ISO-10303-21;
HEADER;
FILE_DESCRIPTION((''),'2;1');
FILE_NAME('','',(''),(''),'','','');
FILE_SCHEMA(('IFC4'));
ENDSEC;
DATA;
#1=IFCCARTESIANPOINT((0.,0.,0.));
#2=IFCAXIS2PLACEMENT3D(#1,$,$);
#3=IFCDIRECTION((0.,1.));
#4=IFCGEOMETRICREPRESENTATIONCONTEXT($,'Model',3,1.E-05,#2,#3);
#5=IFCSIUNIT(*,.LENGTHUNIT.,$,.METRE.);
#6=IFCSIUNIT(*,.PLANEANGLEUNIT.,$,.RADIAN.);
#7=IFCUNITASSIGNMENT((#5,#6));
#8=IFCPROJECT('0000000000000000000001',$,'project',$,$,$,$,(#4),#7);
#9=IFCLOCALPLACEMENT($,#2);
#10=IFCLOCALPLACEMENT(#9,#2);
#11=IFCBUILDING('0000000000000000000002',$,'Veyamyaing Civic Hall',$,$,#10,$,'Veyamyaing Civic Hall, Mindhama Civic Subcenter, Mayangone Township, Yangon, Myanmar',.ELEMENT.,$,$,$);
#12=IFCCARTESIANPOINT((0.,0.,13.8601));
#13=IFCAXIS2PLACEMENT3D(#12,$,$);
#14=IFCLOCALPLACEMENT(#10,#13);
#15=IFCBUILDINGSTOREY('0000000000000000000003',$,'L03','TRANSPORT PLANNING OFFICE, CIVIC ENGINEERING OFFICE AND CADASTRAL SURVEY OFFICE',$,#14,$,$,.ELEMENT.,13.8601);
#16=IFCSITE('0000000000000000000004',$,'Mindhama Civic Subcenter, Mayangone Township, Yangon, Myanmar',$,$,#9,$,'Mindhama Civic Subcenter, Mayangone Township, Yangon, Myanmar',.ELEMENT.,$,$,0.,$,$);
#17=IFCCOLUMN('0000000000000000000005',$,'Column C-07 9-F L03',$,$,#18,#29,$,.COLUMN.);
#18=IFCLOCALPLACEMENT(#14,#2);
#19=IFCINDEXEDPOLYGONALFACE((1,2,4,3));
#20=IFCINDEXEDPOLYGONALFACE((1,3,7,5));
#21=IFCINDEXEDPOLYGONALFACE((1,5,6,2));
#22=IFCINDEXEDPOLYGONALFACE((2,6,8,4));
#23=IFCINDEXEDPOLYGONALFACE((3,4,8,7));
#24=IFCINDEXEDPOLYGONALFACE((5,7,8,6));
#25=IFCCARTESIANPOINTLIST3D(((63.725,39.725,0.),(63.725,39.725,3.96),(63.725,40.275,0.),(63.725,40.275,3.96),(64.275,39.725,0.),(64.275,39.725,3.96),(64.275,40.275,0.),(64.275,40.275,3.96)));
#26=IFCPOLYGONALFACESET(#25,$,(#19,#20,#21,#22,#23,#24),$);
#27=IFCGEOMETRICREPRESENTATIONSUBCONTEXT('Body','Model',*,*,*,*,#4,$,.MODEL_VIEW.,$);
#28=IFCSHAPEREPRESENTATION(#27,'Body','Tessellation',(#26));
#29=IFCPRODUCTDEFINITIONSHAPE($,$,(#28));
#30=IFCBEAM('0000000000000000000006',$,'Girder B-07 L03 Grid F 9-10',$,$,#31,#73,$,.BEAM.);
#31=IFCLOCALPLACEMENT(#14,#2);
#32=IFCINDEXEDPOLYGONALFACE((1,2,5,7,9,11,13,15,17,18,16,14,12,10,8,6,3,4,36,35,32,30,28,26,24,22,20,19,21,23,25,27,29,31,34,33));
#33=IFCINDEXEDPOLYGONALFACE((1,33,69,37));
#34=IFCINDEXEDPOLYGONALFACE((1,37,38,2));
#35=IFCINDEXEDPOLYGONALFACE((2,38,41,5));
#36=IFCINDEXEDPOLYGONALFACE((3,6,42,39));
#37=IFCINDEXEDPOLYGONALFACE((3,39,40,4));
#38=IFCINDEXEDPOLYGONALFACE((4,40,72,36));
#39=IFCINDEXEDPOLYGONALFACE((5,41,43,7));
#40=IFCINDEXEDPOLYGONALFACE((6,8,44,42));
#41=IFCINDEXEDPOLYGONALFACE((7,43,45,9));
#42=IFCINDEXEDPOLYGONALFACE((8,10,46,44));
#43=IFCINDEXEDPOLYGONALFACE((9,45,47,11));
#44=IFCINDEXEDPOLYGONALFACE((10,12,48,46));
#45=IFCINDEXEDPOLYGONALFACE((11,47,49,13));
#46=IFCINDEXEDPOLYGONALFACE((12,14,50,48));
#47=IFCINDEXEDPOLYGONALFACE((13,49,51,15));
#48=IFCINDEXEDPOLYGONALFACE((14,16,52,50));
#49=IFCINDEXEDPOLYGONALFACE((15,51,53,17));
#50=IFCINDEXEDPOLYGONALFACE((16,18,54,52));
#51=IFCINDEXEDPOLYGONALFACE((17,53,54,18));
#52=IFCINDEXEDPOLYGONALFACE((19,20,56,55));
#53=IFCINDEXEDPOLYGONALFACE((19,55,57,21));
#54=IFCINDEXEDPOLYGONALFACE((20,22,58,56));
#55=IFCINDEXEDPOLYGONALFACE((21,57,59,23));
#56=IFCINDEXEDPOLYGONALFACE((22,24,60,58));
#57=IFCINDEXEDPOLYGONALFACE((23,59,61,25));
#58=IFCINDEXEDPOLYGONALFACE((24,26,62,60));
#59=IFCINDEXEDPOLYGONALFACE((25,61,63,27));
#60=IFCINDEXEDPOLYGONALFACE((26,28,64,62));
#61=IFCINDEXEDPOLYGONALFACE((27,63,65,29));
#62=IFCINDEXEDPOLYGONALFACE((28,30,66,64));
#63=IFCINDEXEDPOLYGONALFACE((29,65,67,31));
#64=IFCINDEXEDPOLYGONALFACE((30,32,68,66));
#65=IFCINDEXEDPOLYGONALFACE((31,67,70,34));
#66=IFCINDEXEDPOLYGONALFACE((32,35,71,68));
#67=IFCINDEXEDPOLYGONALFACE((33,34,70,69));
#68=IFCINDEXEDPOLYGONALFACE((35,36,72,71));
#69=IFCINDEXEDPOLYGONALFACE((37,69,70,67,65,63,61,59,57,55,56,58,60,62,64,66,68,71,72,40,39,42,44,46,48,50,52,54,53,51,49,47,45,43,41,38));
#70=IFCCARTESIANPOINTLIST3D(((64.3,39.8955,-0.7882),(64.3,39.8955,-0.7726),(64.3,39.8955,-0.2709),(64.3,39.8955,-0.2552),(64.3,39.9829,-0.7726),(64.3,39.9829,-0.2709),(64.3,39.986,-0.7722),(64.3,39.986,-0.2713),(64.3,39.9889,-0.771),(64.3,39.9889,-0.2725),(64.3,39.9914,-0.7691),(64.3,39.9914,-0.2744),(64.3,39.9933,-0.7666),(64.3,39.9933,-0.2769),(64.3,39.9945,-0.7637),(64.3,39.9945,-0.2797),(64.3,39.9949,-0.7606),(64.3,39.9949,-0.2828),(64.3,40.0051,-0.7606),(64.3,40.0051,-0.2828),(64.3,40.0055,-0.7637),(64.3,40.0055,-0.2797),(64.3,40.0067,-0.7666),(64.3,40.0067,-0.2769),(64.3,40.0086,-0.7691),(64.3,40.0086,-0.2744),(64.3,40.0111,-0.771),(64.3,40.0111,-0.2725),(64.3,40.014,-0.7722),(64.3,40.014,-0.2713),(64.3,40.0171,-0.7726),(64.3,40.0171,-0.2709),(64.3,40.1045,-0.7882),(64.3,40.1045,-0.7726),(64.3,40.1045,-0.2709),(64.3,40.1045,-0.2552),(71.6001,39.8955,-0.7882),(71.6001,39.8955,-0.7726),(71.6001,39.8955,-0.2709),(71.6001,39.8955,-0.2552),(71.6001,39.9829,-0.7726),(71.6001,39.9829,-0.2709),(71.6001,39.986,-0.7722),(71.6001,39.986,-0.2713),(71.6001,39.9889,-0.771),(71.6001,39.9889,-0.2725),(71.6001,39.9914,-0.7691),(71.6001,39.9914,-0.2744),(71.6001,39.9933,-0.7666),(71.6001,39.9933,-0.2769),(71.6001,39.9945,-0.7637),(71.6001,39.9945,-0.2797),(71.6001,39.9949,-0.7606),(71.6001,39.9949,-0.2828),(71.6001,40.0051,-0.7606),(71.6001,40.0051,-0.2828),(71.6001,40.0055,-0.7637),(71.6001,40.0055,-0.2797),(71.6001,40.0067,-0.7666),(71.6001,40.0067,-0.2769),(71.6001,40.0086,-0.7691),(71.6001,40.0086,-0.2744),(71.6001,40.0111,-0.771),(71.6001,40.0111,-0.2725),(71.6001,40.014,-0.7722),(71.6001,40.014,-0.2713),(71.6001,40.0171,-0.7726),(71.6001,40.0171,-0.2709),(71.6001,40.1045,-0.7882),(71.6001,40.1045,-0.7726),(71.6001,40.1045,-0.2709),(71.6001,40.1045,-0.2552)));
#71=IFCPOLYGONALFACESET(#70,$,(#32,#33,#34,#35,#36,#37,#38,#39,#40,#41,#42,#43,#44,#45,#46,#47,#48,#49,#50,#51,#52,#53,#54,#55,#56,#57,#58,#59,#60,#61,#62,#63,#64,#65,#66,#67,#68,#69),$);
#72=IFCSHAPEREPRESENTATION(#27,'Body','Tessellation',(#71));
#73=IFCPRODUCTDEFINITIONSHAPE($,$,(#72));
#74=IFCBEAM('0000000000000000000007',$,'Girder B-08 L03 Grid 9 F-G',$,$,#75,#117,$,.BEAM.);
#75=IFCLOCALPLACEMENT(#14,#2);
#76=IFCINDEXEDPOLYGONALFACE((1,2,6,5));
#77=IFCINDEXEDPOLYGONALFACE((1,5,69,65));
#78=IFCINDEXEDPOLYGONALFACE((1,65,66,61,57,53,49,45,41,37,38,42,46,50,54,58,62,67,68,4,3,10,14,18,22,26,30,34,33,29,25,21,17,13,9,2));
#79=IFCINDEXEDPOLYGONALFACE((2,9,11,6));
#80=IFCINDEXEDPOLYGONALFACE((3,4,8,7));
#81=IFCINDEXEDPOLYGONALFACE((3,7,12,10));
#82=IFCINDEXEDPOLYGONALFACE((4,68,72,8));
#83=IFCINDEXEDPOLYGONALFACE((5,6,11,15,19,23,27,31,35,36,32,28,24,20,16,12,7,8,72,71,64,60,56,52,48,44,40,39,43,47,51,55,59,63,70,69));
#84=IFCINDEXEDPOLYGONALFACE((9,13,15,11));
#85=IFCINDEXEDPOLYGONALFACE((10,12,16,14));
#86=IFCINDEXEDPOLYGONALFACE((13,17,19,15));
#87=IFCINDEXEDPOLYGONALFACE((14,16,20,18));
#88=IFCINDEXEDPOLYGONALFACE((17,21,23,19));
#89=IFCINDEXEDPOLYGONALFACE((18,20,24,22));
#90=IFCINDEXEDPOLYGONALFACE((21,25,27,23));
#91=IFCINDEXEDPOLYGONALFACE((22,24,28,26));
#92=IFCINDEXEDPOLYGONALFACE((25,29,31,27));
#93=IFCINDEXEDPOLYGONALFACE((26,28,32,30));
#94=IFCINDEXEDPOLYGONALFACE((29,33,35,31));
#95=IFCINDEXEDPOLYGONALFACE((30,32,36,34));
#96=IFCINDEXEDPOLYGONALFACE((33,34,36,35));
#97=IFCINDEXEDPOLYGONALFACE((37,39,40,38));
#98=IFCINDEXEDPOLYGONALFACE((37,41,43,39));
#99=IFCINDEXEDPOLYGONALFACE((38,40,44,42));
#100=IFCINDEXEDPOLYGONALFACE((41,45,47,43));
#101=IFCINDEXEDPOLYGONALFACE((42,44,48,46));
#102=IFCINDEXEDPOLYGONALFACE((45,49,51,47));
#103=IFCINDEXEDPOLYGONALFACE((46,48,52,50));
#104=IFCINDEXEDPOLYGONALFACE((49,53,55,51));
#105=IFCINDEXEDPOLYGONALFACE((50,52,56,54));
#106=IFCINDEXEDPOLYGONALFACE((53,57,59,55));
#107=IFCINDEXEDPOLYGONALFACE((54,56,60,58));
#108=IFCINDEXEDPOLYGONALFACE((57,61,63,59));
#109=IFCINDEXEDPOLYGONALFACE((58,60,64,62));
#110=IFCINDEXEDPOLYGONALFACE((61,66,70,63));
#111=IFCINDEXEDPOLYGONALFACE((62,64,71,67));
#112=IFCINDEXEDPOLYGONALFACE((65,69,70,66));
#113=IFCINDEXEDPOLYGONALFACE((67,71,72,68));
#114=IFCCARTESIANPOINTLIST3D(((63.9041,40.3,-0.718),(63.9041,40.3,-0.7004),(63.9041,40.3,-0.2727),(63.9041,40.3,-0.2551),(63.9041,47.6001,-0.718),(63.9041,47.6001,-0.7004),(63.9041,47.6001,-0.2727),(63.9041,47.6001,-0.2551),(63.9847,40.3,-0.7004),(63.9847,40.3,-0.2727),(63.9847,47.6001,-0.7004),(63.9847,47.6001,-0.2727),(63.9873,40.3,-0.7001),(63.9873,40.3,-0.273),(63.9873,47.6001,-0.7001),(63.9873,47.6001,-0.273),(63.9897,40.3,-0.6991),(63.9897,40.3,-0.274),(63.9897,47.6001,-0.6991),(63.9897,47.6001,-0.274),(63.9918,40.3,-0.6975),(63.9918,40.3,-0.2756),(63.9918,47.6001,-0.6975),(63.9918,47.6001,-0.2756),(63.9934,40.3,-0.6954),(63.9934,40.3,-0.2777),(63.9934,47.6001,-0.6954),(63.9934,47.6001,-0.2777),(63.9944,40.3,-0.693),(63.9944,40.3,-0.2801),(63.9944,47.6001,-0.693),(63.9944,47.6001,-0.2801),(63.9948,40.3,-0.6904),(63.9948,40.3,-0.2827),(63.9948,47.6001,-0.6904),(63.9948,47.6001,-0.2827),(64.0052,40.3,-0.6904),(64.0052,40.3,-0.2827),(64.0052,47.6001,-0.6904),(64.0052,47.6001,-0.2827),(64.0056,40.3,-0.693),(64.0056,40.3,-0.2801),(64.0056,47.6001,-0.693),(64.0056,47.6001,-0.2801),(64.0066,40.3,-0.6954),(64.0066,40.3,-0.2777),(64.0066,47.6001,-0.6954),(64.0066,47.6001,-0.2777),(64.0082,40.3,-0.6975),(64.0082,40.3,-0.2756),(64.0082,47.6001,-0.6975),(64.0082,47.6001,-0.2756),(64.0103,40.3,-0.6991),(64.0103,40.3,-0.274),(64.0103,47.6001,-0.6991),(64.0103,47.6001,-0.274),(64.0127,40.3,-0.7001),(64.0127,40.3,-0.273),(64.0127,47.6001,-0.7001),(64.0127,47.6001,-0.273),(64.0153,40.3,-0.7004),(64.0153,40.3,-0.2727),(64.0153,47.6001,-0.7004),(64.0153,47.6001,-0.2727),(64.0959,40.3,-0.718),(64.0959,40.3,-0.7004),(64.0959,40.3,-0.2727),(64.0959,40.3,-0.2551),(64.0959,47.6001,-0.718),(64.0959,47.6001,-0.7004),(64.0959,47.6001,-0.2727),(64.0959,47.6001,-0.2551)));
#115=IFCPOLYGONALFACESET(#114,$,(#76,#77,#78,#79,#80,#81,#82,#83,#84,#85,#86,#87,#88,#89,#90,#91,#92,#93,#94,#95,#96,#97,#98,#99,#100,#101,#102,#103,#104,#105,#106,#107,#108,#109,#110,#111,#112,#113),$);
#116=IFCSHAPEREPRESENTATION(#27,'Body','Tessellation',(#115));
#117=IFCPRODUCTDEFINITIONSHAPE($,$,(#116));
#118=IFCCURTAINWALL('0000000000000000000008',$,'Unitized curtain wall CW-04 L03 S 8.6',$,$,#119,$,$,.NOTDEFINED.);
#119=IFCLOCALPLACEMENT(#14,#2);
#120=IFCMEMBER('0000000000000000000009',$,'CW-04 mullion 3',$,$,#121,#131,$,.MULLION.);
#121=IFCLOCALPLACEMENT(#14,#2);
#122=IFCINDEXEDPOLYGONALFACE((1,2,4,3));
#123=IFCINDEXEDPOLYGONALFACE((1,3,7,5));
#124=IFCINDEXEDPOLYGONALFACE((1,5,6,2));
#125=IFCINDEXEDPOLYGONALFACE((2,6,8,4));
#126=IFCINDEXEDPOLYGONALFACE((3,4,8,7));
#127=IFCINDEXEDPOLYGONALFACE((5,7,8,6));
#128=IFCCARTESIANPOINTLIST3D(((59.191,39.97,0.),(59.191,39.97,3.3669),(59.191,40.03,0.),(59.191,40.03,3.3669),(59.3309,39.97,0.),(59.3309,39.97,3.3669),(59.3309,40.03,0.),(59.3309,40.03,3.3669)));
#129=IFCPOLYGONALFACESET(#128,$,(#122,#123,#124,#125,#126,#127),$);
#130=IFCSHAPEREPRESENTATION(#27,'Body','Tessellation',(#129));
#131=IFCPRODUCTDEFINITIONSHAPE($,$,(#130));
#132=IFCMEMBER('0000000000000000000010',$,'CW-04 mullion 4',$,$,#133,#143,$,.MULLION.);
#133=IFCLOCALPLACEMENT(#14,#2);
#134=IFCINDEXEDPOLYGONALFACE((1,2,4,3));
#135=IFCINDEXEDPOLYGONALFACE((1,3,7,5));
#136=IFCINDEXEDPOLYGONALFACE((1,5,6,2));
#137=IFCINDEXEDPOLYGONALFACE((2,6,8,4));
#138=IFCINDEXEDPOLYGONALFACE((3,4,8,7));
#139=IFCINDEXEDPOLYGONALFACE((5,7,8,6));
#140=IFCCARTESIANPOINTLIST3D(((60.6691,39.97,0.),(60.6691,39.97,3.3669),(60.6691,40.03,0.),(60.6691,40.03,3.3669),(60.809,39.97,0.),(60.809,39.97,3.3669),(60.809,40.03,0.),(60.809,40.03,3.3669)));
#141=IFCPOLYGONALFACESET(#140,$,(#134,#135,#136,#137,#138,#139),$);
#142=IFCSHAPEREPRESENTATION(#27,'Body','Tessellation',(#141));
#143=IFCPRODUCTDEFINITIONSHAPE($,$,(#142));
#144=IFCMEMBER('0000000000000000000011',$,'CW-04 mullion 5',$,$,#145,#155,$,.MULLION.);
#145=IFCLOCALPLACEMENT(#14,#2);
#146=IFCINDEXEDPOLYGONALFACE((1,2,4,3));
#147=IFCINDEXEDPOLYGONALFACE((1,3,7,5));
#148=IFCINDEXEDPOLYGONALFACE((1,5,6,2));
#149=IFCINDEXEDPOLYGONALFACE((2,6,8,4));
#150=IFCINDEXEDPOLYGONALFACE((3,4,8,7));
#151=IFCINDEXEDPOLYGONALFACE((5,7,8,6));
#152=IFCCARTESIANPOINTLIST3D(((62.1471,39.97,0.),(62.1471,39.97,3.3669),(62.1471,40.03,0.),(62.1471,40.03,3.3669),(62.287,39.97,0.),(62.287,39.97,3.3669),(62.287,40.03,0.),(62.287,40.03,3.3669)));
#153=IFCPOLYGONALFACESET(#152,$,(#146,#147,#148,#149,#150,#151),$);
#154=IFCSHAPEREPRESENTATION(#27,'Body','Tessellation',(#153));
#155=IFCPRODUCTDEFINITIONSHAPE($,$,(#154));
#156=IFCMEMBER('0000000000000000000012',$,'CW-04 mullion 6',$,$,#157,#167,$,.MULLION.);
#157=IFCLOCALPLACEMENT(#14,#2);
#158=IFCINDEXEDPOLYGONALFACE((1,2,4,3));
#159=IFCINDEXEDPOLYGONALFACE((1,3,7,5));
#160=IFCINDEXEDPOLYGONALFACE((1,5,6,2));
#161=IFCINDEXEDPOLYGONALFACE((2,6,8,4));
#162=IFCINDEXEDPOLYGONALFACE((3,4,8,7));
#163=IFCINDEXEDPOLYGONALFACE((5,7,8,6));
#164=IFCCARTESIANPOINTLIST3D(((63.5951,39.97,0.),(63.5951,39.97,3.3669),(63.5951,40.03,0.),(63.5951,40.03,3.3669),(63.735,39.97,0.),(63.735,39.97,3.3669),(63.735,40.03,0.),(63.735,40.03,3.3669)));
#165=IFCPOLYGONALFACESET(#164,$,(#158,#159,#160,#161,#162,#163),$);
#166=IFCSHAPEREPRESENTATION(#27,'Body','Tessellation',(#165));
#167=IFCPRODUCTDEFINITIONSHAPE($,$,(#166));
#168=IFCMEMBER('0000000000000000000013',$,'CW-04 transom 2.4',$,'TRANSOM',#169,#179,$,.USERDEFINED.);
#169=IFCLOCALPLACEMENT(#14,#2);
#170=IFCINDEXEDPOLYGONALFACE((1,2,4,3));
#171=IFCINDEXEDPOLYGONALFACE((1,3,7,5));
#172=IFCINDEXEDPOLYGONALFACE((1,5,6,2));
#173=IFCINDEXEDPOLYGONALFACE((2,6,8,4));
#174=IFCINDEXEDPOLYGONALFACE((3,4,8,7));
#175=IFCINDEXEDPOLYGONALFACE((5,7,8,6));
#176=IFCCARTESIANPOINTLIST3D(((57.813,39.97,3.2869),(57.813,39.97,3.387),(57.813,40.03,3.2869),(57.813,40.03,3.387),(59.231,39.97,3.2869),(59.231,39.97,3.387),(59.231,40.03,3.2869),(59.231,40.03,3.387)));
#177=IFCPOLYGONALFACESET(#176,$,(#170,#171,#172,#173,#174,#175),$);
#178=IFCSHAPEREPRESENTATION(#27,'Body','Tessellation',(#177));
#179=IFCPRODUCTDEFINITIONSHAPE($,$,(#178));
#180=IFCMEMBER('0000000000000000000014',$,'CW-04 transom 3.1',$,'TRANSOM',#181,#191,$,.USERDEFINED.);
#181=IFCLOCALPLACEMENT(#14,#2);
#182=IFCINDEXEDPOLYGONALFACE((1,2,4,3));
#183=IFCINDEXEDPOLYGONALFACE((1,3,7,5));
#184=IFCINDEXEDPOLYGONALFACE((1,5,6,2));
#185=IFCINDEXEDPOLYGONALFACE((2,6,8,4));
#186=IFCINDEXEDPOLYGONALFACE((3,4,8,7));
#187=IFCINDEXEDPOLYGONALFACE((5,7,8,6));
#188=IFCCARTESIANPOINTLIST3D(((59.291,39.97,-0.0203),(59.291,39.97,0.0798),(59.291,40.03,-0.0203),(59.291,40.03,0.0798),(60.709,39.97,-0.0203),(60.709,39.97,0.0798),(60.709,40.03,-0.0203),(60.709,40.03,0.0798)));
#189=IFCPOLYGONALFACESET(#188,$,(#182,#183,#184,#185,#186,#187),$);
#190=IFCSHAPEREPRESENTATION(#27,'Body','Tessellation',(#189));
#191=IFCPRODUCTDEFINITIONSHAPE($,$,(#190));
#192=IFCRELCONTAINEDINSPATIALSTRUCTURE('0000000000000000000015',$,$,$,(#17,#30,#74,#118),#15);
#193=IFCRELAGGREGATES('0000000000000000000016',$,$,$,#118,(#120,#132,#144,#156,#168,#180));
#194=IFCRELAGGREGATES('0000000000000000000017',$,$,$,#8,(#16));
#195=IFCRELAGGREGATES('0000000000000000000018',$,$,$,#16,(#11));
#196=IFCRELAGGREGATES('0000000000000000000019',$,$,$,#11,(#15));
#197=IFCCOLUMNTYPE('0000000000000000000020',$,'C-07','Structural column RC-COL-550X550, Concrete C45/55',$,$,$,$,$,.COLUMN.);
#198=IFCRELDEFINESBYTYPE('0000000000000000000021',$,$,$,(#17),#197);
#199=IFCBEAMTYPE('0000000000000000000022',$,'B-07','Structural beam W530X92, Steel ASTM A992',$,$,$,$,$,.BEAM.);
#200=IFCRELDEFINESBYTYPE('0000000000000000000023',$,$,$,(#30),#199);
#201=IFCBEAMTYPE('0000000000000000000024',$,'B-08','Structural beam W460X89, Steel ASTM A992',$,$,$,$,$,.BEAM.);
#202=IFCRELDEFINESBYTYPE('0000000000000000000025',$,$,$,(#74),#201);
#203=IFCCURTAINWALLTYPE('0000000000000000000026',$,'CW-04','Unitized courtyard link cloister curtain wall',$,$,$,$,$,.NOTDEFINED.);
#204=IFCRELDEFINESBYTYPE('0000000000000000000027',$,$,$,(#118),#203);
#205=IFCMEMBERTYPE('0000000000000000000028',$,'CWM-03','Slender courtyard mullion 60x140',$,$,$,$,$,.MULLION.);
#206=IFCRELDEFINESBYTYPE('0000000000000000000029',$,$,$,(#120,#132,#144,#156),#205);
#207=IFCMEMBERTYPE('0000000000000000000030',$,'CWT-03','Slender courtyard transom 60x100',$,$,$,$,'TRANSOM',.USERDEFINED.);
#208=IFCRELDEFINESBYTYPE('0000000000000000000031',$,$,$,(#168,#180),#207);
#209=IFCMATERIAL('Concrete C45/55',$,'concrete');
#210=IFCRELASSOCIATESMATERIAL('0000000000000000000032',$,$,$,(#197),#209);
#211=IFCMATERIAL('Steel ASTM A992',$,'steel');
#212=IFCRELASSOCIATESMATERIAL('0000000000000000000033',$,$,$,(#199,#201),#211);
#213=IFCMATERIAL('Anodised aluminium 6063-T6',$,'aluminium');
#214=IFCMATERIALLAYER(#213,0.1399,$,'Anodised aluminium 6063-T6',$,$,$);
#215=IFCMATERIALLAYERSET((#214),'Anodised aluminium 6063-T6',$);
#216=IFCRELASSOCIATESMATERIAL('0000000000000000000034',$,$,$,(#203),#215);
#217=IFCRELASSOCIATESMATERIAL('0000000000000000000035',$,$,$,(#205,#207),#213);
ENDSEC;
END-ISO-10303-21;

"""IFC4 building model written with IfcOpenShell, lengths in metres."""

from ifc_helpers import new_model, si_unit, direction, frame, origin, origin_2d, place, context, subcontext, project, spatial, rectangle, i_section, extrude, material, layer, layer_set, material_profile, profile_set, type_object, element, aggregate, save


model = new_model("IFC4")

# Units and contexts
model_context = context("Model", 3, precision=1e-05, world=origin(), true_north=direction((0.0, 1.0)))
body_context = subcontext(model_context, "Body", "Model", "MODEL_VIEW")
ifc_project = project(units=[si_unit("LENGTHUNIT", "METRE"), si_unit("PLANEANGLEUNIT", "RADIAN")], contexts=[model_context])

# Site, building, storey
site_placement = place(None, origin())
site = spatial("IfcSite", under=ifc_project, at=site_placement, Name="Mindhama Civic Subcenter, Mayangone Township, Yangon, Myanmar", LongName="Mindhama Civic Subcenter, Mayangone Township, Yangon, Myanmar", CompositionType="ELEMENT", RefElevation=0.0)
building_placement = place(site_placement, origin())
building = spatial("IfcBuilding", under=site, at=building_placement, Name="Veyamyaing Civic Hall", LongName="Veyamyaing Civic Hall, Mindhama Civic Subcenter, Mayangone Township, Yangon, Myanmar", CompositionType="ELEMENT")
storey_placement = place(building_placement, frame((0.0, 0.0, 13.8601)))
storey = spatial("IfcBuildingStorey", under=building, at=storey_placement, Name="L03", Description="TRANSPORT PLANNING OFFICE, CIVIC ENGINEERING OFFICE AND CADASTRAL SURVEY OFFICE", CompositionType="ELEMENT", Elevation=13.8601)

# Column
ifc_material_1 = material(Name="Concrete C45/55", Category="concrete")
ifc_material_profile_1 = material_profile(ifc_material_1, rectangle(XDim=0.55, YDim=0.55, at=origin_2d()), Name="RC-COL-550X550")
ifc_profile_set_1 = profile_set([ifc_material_profile_1], Name="Concrete C45/55")
column_type = type_object("IfcColumnType", Name="C-07", Description="Structural column RC-COL-550X550, Concrete C45/55", PredefinedType="COLUMN", material=ifc_profile_set_1)
column_placement = place(storey_placement, frame((64.0, 40.0, 0.0), z_axis=(0.0, 0.0, 1.0), x_axis=(1.0, 0.0, 0.0)))
element("IfcColumn", 1, at=column_placement, inside=storey, type_object=column_type, Name="Column C-07 9-F L03", PredefinedType="COLUMN", context=body_context, shape_type="SweptSolid", body=[
    extrude(rectangle(XDim=0.55, YDim=0.55, at=origin_2d()), origin(), (0.0, 0.0, 1.0), 3.96),
])

# Beams
ifc_material_2 = material(Name="Steel ASTM A992", Category="steel")
ifc_material_profile_2 = material_profile(ifc_material_2, i_section(OverallWidth=0.209, OverallDepth=0.533, WebThickness=0.0103, FlangeThickness=0.0156, FilletRadius=0.012, at=origin_2d()), Name="W530X92")
ifc_profile_set_2 = profile_set([ifc_material_profile_2], Name="Steel ASTM A992")
beam_type_1 = type_object("IfcBeamType", Name="B-07", Description="Structural beam W530X92, Steel ASTM A992", PredefinedType="BEAM", material=ifc_profile_set_2)
beam_1_placement = place(storey_placement, frame((64.3, 40.0, -0.5217), z_axis=(1.0, 0.0, 0.0), x_axis=(0.0, 1.0, 0.0)))
element("IfcBeam", 2, at=beam_1_placement, inside=storey, type_object=beam_type_1, Name="Girder B-07 L03 Grid F 9-10", PredefinedType="BEAM", context=body_context, shape_type="SweptSolid", body=[
    extrude(i_section(OverallWidth=0.209, OverallDepth=0.533, WebThickness=0.0103, FlangeThickness=0.0156, FilletRadius=0.012, at=origin_2d()), origin(), (0.0, 0.0, 1.0), 7.3),
])
ifc_material_profile_3 = material_profile(ifc_material_2, i_section(OverallWidth=0.1919, OverallDepth=0.4629, WebThickness=0.0105, FlangeThickness=0.0176, FilletRadius=0.01, at=origin_2d()), Name="W460X89")
ifc_profile_set_3 = profile_set([ifc_material_profile_3], Name="Steel ASTM A992")
beam_type_2 = type_object("IfcBeamType", Name="B-08", Description="Structural beam W460X89, Steel ASTM A992", PredefinedType="BEAM", material=ifc_profile_set_3)
beam_2_placement = place(storey_placement, frame((64.0, 40.3, -0.4866), z_axis=(0.0, 1.0, 0.0), x_axis=(-1.0, 0.0, 0.0)))
element("IfcBeam", 3, at=beam_2_placement, inside=storey, type_object=beam_type_2, Name="Girder B-08 L03 Grid 9 F-G", PredefinedType="BEAM", context=body_context, shape_type="SweptSolid", body=[
    extrude(i_section(OverallWidth=0.1919, OverallDepth=0.4629, WebThickness=0.0105, FlangeThickness=0.0176, FilletRadius=0.01, at=origin_2d()), origin(), (0.0, 0.0, 1.0), 7.3),
])

# Curtain wall, members
ifc_material_3 = material(Name="Anodised aluminium 6063-T6", Category="aluminium")
ifc_layer_1 = layer(ifc_material_3, 0.1399, Name="Anodised aluminium 6063-T6")
ifc_layer_set_1 = layer_set([ifc_layer_1], Name="Anodised aluminium 6063-T6")
curtain_wall_type = type_object("IfcCurtainWallType", Name="CW-04", Description="Unitized courtyard link cloister curtain wall", PredefinedType="NOTDEFINED", material=ifc_layer_set_1)
curtain_wall_placement = place(storey_placement, origin())
curtain_wall = element("IfcCurtainWall", 4, at=curtain_wall_placement, inside=storey, type_object=curtain_wall_type, Name="Unitized curtain wall CW-04 L03 S 8.6", PredefinedType="NOTDEFINED")
ifc_material_profile_4 = material_profile(ifc_material_3, rectangle(XDim=0.0601, YDim=0.1399, at=origin_2d()), Name="ALU-MUL-60X140")
ifc_profile_set_4 = profile_set([ifc_material_profile_4], Name="Anodised aluminium 6063-T6")
member_type_1 = type_object("IfcMemberType", Name="CWM-03", Description="Slender courtyard mullion 60x140", PredefinedType="MULLION", material=ifc_profile_set_4)
member_1_placement = place(storey_placement, frame((59.261, 40.0, 0.0), z_axis=(0.0, 0.0, 1.0), x_axis=(0.0, 1.0, 0.0)))
member_1 = element("IfcMember", 5, at=member_1_placement, type_object=member_type_1, Name="CW-04 mullion 3", PredefinedType="MULLION", context=body_context, shape_type="SweptSolid", body=[
    extrude(rectangle(XDim=0.0601, YDim=0.1399, at=origin_2d()), origin(), (0.0, 0.0, 1.0), 3.3669),
])
member_2_placement = place(storey_placement, frame((60.739, 40.0, 0.0), z_axis=(0.0, 0.0, 1.0), x_axis=(0.0, 1.0, 0.0)))
member_2 = element("IfcMember", 6, at=member_2_placement, type_object=member_type_1, Name="CW-04 mullion 4", PredefinedType="MULLION", context=body_context, shape_type="SweptSolid", body=[
    extrude(rectangle(XDim=0.0601, YDim=0.1399, at=origin_2d()), origin(), (0.0, 0.0, 1.0), 3.3669),
])
member_3_placement = place(storey_placement, frame((62.217, 40.0, 0.0), z_axis=(0.0, 0.0, 1.0), x_axis=(0.0, 1.0, 0.0)))
member_3 = element("IfcMember", 7, at=member_3_placement, type_object=member_type_1, Name="CW-04 mullion 5", PredefinedType="MULLION", context=body_context, shape_type="SweptSolid", body=[
    extrude(rectangle(XDim=0.0601, YDim=0.1399, at=origin_2d()), origin(), (0.0, 0.0, 1.0), 3.3669),
])
member_4_placement = place(storey_placement, frame((63.665, 40.0, 0.0), z_axis=(0.0, 0.0, 1.0), x_axis=(0.0, 1.0, 0.0)))
member_4 = element("IfcMember", 8, at=member_4_placement, type_object=member_type_1, Name="CW-04 mullion 6", PredefinedType="MULLION", context=body_context, shape_type="SweptSolid", body=[
    extrude(rectangle(XDim=0.0601, YDim=0.1399, at=origin_2d()), origin(), (0.0, 0.0, 1.0), 3.3669),
])
ifc_material_profile_5 = material_profile(ifc_material_3, rectangle(XDim=0.0601, YDim=0.1001, at=origin_2d()), Name="ALU-TRN-60X100")
ifc_profile_set_5 = profile_set([ifc_material_profile_5], Name="Anodised aluminium 6063-T6")
member_type_2 = type_object("IfcMemberType", Name="CWT-03", Description="Slender courtyard transom 60x100", ElementType="TRANSOM", PredefinedType="USERDEFINED", material=ifc_profile_set_5)
member_5_placement = place(storey_placement, frame((57.813, 40.0, 3.3369), z_axis=(1.0, 0.0, 0.0), x_axis=(0.0, 1.0, 0.0)))
member_5 = element("IfcMember", 9, at=member_5_placement, type_object=member_type_2, Name="CW-04 transom 2.4", ObjectType="TRANSOM", PredefinedType="USERDEFINED", context=body_context, shape_type="SweptSolid", body=[
    extrude(rectangle(XDim=0.0601, YDim=0.1001, at=origin_2d()), origin(), (0.0, 0.0, 1.0), 1.418),
])
member_6_placement = place(storey_placement, frame((59.291, 40.0, 0.0298), z_axis=(1.0, 0.0, 0.0), x_axis=(0.0, 1.0, 0.0)))
member_6 = element("IfcMember", 10, at=member_6_placement, type_object=member_type_2, Name="CW-04 transom 3.1", ObjectType="TRANSOM", PredefinedType="USERDEFINED", context=body_context, shape_type="SweptSolid", body=[
    extrude(rectangle(XDim=0.0601, YDim=0.1001, at=origin_2d()), origin(), (0.0, 0.0, 1.0), 1.418),
])

aggregate(curtain_wall, [member_1, member_2, member_3, member_4, member_5, member_6])

save(model, "model.ifc")
